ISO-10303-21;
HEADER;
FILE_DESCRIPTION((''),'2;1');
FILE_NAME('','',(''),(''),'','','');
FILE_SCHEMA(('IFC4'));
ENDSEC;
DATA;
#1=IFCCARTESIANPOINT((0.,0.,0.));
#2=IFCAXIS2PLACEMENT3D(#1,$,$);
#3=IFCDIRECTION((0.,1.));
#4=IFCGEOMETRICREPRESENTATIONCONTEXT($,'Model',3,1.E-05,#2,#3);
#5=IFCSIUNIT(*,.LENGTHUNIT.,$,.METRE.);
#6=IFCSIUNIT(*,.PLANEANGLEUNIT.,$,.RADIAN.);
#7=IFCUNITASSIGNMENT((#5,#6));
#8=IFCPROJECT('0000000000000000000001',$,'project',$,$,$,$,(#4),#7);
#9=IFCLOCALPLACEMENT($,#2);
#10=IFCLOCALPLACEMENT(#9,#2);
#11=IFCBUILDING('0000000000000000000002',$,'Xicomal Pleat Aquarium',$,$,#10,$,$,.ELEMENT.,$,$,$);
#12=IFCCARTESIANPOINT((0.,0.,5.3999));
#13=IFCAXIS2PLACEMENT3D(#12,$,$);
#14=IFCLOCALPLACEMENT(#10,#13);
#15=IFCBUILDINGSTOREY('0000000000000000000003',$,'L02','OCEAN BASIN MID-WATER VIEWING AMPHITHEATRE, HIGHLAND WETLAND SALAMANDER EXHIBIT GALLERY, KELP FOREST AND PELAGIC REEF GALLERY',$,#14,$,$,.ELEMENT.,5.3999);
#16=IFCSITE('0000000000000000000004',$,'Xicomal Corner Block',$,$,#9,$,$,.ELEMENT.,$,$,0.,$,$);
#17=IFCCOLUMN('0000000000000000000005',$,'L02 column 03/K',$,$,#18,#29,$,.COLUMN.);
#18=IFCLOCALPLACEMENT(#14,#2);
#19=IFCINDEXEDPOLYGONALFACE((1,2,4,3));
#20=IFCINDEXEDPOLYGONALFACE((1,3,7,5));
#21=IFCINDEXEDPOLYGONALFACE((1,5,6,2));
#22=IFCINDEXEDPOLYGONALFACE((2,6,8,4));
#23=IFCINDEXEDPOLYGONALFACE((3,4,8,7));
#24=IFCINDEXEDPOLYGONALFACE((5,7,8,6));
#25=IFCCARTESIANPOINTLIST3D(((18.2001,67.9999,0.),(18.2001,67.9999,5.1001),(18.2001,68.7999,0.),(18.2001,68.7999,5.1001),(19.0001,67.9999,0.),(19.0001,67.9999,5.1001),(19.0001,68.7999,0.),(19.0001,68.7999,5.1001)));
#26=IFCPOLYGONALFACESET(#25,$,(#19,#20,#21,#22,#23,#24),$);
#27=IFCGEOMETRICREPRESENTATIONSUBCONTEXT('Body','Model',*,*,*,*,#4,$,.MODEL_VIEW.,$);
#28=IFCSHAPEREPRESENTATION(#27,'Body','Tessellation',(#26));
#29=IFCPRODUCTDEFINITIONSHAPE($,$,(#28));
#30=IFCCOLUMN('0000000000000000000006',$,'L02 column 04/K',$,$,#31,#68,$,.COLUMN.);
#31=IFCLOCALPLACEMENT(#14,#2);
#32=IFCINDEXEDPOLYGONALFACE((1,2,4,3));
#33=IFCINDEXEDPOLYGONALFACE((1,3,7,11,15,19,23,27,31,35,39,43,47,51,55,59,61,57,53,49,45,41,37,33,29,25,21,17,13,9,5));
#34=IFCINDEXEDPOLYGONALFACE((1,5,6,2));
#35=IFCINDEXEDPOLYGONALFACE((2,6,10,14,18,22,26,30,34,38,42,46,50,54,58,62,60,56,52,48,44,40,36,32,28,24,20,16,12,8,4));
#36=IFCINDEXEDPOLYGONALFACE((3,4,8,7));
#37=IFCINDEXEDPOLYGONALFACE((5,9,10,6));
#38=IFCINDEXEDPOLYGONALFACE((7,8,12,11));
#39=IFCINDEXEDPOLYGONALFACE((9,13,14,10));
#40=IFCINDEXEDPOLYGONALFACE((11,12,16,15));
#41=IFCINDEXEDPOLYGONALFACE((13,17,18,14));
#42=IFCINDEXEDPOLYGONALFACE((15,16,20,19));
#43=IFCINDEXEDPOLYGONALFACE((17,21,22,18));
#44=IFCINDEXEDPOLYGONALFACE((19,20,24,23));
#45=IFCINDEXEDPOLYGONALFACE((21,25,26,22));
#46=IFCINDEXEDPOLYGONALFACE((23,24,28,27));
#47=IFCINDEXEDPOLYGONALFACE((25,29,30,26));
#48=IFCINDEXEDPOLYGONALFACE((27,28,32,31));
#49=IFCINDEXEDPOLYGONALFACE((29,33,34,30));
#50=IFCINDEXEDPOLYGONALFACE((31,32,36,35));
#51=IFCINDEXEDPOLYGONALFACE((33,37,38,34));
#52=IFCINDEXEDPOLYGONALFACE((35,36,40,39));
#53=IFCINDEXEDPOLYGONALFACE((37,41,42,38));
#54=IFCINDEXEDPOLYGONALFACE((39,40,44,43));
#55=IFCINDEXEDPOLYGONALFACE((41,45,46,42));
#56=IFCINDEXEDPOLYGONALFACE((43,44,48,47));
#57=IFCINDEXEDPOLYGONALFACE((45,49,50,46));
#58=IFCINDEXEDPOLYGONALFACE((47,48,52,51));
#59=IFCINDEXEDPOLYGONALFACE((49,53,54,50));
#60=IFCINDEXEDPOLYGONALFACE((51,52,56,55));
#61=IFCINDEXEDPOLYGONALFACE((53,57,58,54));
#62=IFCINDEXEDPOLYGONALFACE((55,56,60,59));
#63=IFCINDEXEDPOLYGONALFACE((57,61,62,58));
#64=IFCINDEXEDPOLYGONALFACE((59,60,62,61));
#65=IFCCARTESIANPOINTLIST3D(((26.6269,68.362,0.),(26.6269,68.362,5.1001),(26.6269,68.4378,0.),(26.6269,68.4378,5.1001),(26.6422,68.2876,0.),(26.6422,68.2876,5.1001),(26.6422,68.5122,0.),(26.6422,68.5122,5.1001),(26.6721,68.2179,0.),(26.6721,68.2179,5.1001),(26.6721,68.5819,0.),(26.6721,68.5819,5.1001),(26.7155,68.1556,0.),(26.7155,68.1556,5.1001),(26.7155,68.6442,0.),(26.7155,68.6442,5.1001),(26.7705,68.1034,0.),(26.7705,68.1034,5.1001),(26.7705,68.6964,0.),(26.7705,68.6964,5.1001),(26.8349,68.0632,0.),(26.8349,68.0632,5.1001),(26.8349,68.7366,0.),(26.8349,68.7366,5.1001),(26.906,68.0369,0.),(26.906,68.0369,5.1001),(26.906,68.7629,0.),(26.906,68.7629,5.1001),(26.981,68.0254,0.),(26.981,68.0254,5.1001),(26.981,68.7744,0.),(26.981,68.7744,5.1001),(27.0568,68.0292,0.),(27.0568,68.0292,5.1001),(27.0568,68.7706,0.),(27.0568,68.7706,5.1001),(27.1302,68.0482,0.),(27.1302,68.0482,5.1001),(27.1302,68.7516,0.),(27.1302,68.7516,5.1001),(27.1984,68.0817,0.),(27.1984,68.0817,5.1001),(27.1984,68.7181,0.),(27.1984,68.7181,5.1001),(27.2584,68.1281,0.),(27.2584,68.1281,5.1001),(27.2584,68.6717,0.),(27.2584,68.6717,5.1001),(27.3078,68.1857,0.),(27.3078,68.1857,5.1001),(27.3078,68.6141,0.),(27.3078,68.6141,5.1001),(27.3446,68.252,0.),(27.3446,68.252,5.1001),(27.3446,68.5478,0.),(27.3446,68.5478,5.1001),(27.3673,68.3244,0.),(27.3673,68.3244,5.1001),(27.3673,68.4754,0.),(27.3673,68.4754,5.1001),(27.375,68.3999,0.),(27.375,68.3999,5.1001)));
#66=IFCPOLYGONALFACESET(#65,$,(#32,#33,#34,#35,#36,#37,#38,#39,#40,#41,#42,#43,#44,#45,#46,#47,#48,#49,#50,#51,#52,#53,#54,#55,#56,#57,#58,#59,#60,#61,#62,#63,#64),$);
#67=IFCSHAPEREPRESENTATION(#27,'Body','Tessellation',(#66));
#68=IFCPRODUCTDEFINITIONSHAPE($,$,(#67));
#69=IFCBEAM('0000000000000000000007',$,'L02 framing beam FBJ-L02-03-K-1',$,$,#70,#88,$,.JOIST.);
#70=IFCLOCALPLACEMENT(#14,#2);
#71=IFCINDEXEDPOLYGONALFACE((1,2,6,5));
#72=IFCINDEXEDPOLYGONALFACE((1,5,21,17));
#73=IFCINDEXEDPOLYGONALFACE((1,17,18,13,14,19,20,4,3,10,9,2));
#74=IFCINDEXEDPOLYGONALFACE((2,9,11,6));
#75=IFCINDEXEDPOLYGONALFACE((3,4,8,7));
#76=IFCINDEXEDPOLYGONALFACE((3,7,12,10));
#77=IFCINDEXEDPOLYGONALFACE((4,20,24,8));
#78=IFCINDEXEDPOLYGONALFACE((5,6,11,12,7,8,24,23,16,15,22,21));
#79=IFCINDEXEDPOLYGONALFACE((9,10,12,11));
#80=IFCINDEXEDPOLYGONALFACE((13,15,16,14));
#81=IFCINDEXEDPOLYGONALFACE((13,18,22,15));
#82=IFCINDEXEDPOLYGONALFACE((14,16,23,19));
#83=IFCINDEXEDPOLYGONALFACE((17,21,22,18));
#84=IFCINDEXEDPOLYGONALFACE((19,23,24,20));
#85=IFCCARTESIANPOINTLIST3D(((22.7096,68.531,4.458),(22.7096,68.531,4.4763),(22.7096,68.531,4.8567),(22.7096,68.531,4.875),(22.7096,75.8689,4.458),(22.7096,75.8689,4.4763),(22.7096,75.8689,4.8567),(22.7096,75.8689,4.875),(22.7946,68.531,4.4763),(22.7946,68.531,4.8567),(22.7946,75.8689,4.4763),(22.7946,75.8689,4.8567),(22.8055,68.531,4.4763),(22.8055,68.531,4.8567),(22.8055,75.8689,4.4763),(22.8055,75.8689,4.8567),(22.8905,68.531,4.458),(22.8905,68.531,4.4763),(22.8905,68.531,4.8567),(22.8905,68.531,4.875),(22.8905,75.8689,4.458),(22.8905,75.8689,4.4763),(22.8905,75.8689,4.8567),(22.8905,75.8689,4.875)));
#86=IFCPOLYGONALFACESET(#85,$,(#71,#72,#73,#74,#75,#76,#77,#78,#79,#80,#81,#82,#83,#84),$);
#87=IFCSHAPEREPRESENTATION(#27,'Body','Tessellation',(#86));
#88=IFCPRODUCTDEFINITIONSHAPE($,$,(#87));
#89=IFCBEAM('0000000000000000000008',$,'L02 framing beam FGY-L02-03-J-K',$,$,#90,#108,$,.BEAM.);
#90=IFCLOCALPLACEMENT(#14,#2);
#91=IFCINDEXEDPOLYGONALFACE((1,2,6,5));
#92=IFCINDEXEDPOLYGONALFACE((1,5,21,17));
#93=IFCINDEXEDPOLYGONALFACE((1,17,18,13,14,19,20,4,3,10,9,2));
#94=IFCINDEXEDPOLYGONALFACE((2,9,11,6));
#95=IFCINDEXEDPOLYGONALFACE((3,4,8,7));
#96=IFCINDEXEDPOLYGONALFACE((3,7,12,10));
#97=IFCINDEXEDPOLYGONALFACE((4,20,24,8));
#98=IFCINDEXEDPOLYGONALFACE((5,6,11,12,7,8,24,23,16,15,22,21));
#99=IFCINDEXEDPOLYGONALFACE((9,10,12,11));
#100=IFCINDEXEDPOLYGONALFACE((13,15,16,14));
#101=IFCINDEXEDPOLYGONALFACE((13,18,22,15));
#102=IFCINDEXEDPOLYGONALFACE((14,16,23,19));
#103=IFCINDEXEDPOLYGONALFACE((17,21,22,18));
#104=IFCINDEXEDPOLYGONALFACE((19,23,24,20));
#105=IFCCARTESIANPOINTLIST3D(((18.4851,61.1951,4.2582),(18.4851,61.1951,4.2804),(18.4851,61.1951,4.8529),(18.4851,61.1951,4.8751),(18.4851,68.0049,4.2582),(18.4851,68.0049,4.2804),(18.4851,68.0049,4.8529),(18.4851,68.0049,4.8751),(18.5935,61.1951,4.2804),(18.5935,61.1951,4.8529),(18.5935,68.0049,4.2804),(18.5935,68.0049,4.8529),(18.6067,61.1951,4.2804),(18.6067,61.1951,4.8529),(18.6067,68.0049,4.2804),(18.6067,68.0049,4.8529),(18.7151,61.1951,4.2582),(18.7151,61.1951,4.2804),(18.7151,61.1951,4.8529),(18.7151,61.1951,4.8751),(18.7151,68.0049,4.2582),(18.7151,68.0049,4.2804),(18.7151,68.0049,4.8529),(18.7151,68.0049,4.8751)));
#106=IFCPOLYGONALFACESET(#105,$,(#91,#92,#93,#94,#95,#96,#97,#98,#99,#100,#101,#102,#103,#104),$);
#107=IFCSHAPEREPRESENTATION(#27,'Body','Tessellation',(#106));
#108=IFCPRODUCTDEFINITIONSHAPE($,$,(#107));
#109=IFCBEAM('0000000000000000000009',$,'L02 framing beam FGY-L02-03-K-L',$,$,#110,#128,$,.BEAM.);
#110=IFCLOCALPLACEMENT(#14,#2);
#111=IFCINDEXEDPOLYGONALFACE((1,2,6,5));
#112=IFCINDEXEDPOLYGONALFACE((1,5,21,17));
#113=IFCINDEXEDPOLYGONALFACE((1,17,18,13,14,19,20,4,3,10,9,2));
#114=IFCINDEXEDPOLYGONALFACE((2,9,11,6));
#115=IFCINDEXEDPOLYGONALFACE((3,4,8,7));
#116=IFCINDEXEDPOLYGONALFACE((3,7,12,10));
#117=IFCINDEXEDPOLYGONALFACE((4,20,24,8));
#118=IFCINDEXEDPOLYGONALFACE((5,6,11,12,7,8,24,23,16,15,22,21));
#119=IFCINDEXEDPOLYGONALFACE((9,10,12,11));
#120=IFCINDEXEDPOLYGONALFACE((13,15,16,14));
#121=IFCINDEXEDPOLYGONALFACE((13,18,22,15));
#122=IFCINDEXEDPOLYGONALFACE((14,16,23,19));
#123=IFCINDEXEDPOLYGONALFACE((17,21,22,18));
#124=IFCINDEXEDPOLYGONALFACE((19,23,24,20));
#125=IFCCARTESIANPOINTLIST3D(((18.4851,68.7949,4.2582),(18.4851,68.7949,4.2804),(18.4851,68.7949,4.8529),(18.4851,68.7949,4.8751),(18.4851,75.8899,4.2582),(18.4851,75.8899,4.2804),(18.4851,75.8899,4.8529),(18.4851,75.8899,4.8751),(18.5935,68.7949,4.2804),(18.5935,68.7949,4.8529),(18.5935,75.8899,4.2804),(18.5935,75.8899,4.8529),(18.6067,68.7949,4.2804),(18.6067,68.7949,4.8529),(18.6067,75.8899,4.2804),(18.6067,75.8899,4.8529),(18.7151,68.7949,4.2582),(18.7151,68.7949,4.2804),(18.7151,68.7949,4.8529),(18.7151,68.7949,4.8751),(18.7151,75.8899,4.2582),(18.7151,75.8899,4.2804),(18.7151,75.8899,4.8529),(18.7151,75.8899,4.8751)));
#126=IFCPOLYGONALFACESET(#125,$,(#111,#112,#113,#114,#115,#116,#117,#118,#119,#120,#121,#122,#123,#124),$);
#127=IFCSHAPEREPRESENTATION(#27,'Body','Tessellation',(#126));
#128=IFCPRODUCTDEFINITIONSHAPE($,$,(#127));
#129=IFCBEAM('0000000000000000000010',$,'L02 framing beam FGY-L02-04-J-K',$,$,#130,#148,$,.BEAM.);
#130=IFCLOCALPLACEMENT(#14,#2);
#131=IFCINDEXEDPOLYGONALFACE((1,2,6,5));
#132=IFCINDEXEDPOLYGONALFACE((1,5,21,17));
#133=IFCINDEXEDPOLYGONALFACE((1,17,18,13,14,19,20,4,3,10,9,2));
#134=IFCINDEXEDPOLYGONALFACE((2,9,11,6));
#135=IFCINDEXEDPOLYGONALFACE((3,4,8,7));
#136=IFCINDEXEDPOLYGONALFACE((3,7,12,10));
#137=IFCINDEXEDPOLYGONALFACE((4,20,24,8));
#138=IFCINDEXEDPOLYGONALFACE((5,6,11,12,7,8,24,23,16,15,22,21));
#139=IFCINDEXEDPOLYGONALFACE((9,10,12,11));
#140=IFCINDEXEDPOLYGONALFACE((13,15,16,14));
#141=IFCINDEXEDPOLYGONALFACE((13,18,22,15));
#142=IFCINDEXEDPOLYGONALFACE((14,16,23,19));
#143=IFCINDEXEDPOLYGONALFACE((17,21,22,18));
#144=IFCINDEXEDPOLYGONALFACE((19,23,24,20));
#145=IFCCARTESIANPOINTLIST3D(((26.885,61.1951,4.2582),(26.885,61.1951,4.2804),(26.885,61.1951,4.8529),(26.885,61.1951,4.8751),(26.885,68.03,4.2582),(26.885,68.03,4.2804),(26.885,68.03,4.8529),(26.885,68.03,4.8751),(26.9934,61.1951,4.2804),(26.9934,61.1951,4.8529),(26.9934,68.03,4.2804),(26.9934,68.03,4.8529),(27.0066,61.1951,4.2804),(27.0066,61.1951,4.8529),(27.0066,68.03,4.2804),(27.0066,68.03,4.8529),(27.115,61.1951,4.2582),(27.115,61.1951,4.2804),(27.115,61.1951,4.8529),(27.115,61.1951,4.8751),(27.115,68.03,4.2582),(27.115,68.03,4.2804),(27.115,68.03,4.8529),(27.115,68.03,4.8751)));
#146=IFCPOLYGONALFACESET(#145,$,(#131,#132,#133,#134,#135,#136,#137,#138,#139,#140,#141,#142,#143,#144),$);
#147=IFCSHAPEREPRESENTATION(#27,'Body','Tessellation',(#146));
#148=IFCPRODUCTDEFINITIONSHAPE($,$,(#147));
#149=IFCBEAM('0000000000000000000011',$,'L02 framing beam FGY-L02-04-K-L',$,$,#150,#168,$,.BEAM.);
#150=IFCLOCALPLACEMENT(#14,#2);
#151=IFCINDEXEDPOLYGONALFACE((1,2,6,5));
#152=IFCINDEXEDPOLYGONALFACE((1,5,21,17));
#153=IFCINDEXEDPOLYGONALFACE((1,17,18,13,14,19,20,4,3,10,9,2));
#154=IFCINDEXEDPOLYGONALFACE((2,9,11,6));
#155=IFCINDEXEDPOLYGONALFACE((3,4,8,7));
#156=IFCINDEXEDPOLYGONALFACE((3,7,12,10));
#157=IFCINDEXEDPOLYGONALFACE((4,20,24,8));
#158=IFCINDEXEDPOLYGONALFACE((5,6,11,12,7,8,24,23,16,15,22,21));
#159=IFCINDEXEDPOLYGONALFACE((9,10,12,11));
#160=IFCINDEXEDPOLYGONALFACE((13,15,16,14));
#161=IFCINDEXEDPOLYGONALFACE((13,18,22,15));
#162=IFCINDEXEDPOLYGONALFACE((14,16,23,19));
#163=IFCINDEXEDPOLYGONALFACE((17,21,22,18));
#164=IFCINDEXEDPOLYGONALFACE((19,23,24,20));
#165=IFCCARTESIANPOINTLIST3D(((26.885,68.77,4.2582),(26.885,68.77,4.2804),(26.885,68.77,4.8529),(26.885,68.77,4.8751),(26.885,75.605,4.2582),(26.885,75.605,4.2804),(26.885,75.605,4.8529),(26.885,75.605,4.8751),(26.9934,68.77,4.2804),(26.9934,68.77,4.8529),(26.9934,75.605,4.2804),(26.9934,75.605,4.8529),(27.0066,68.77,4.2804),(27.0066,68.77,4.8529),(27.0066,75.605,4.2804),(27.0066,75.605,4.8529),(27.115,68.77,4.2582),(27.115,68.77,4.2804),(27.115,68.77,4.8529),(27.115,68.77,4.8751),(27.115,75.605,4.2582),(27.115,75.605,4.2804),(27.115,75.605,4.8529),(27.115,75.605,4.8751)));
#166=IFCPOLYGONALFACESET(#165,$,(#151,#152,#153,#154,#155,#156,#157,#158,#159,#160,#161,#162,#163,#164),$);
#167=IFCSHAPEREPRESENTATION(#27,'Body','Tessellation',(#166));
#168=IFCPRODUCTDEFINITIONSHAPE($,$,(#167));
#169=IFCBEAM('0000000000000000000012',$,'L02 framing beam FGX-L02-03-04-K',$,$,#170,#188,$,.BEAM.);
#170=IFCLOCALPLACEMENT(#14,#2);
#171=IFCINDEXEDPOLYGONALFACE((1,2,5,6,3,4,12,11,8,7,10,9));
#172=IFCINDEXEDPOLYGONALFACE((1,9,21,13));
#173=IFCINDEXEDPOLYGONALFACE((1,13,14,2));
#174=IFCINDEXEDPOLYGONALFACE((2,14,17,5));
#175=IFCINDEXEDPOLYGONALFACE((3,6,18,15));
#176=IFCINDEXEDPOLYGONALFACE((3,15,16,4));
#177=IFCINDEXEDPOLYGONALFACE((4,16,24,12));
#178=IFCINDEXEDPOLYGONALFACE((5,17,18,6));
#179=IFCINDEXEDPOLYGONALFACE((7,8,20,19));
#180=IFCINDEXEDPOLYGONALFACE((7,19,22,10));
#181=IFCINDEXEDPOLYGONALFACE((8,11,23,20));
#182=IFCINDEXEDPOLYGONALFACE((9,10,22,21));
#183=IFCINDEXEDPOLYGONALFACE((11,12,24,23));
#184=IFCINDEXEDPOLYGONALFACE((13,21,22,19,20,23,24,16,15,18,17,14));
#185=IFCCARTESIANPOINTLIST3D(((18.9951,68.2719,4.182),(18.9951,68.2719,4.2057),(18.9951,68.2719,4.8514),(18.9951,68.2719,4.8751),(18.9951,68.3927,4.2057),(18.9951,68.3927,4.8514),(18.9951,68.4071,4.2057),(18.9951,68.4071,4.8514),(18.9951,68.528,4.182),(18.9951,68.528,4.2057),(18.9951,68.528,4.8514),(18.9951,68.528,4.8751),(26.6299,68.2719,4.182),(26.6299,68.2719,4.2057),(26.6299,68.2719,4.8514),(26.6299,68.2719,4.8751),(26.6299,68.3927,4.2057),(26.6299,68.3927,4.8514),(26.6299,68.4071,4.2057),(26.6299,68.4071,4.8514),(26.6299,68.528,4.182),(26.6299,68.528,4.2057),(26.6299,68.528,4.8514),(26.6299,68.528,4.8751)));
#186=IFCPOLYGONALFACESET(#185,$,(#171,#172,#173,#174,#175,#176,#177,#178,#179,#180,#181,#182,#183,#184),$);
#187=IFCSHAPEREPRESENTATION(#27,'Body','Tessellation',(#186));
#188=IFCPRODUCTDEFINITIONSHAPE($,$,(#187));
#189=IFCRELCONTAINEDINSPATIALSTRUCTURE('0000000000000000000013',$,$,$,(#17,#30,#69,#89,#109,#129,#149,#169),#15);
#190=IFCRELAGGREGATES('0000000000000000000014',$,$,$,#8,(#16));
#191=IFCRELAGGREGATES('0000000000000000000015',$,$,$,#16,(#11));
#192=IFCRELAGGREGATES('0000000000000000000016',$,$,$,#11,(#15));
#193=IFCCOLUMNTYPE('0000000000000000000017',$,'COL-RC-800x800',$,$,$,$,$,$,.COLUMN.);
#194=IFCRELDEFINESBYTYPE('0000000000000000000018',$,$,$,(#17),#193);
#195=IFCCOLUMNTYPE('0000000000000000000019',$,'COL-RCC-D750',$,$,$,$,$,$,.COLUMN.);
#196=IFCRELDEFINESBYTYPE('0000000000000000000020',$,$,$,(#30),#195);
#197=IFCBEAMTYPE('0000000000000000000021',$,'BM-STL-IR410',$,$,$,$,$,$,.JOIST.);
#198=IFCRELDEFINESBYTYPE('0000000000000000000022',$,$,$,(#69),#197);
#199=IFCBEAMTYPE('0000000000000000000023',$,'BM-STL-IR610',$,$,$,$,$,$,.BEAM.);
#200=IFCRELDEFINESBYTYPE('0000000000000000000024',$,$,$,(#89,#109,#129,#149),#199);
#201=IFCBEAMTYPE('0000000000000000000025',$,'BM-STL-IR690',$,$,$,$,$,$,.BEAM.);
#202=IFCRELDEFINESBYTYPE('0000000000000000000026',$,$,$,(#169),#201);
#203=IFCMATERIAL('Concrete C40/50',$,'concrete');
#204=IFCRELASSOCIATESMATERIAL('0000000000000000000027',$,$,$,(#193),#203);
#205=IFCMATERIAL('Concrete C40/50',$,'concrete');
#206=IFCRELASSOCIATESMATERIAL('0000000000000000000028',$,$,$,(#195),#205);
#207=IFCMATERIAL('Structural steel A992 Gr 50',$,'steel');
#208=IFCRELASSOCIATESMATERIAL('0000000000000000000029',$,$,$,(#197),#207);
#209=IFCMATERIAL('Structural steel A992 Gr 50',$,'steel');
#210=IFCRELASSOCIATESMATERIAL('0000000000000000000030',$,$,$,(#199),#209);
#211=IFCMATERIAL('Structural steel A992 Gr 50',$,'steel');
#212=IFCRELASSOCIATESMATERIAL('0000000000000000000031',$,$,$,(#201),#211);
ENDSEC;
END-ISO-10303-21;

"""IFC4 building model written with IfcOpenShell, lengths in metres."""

from ifc_helpers import new_model, si_unit, direction, frame, origin, origin_2d, place, context, subcontext, project, spatial, rectangle, circle, i_section, extrude, material, material_profile, profile_set, type_object, element, save


model = new_model("IFC4")

# Units and contexts
model_context = context("Model", 3, precision=1e-05, world=origin(), true_north=direction((0.0, 1.0)))
body_context = subcontext(model_context, "Body", "Model", "MODEL_VIEW")
ifc_project = project(units=[si_unit("LENGTHUNIT", "METRE"), si_unit("PLANEANGLEUNIT", "RADIAN")], contexts=[model_context])

# Site, building, storey
site_placement = place(None, origin())
site = spatial("IfcSite", under=ifc_project, at=site_placement, Name="Xicomal Corner Block", CompositionType="ELEMENT", RefElevation=0.0)
building_placement = place(site_placement, origin())
building = spatial("IfcBuilding", under=site, at=building_placement, Name="Xicomal Pleat Aquarium", CompositionType="ELEMENT")
storey_placement = place(building_placement, frame((0.0, 0.0, 5.3999)))
storey = spatial("IfcBuildingStorey", under=building, at=storey_placement, Name="L02", Description="OCEAN BASIN MID-WATER VIEWING AMPHITHEATRE, HIGHLAND WETLAND SALAMANDER EXHIBIT GALLERY, KELP FOREST AND PELAGIC REEF GALLERY", CompositionType="ELEMENT", Elevation=5.3999)

# Columns
ifc_material_1 = material(Name="Concrete C40/50", Category="concrete")
ifc_material_profile_1 = material_profile(ifc_material_1, rectangle(XDim=0.8, YDim=0.8, at=origin_2d()), Name="RC 800x800")
ifc_profile_set_1 = profile_set([ifc_material_profile_1], Name="Concrete C40/50")
column_type_1 = type_object("IfcColumnType", Name="COL-RC-800x800", PredefinedType="COLUMN", material=ifc_profile_set_1)
column_1_placement = place(storey_placement, frame((18.6001, 68.3999, 0.0), z_axis=(0.0, 0.0, 1.0), x_axis=(1.0, 0.0, 0.0)))
element("IfcColumn", 1, at=column_1_placement, inside=storey, type_object=column_type_1, Name="L02 column 03/K", PredefinedType="COLUMN", context=body_context, shape_type="SweptSolid", body=[
    extrude(rectangle(XDim=0.8, YDim=0.8, at=origin_2d()), origin(), (0.0, 0.0, 1.0), 5.1001),
])
ifc_material_2 = material(Name="Concrete C40/50", Category="concrete")
ifc_material_profile_2 = material_profile(ifc_material_2, circle(Radius=0.375, at=origin_2d()), Name="RCC D750")
ifc_profile_set_2 = profile_set([ifc_material_profile_2], Name="Concrete C40/50")
column_type_2 = type_object("IfcColumnType", Name="COL-RCC-D750", PredefinedType="COLUMN", material=ifc_profile_set_2)
column_2_placement = place(storey_placement, frame((27.0, 68.3999, 0.0), z_axis=(0.0, 0.0, 1.0), x_axis=(1.0, 0.0, 0.0)))
element("IfcColumn", 2, at=column_2_placement, inside=storey, type_object=column_type_2, Name="L02 column 04/K", PredefinedType="COLUMN", context=body_context, shape_type="SweptSolid", body=[
    extrude(circle(Radius=0.375, at=origin_2d()), origin(), (0.0, 0.0, 1.0), 5.1001),
])

# Beams
ifc_material_3 = material(Name="Structural steel A992 Gr 50", Category="steel")
ifc_material_profile_3 = material_profile(ifc_material_3, i_section(OverallWidth=0.1809, OverallDepth=0.417, WebThickness=0.011, FlangeThickness=0.0183, at=origin_2d()), Name="IR 410x85")
ifc_profile_set_3 = profile_set([ifc_material_profile_3], Name="Structural steel A992 Gr 50")
beam_type_1 = type_object("IfcBeamType", Name="BM-STL-IR410", PredefinedType="JOIST", material=ifc_profile_set_3)
beam_1_placement = place(storey_placement, frame((22.8, 68.531, 4.6665), z_axis=(0.0, 1.0, 0.0), x_axis=(-1.0, 0.0, 0.0)))
element("IfcBeam", 3, at=beam_1_placement, inside=storey, type_object=beam_type_1, Name="L02 framing beam FBJ-L02-03-K-1", PredefinedType="JOIST", context=body_context, shape_type="SweptSolid", body=[
    extrude(i_section(OverallWidth=0.1809, OverallDepth=0.417, WebThickness=0.011, FlangeThickness=0.0183, at=origin_2d()), origin(), (0.0, 0.0, 1.0), 7.3379),
])
ifc_material_4 = material(Name="Structural steel A992 Gr 50", Category="steel")
ifc_material_profile_4 = material_profile(ifc_material_4, i_section(OverallWidth=0.23, OverallDepth=0.6169, WebThickness=0.0132, FlangeThickness=0.0222, at=origin_2d()), Name="IR 610x140")
ifc_profile_set_4 = profile_set([ifc_material_profile_4], Name="Structural steel A992 Gr 50")
beam_type_2 = type_object("IfcBeamType", Name="BM-STL-IR610", PredefinedType="BEAM", material=ifc_profile_set_4)
beam_2_placement = place(storey_placement, frame((18.6001, 61.1951, 4.5667), z_axis=(0.0, 1.0, 0.0), x_axis=(-1.0, 0.0, 0.0)))
element("IfcBeam", 4, at=beam_2_placement, inside=storey, type_object=beam_type_2, Name="L02 framing beam FGY-L02-03-J-K", PredefinedType="BEAM", context=body_context, shape_type="SweptSolid", body=[
    extrude(i_section(OverallWidth=0.23, OverallDepth=0.6169, WebThickness=0.0132, FlangeThickness=0.0222, at=origin_2d()), origin(), (0.0, 0.0, 1.0), 6.8098),
])
beam_3_placement = place(storey_placement, frame((18.6001, 68.7949, 4.5667), z_axis=(0.0, 1.0, 0.0), x_axis=(-1.0, 0.0, 0.0)))
element("IfcBeam", 5, at=beam_3_placement, inside=storey, type_object=beam_type_2, Name="L02 framing beam FGY-L02-03-K-L", PredefinedType="BEAM", context=body_context, shape_type="SweptSolid", body=[
    extrude(i_section(OverallWidth=0.23, OverallDepth=0.6169, WebThickness=0.0132, FlangeThickness=0.0222, at=origin_2d()), origin(), (0.0, 0.0, 1.0), 7.095),
])
for number, where, z_axis, x_axis, name in (
    (6, (27.0, 61.1951, 4.5667), (0.0, 1.0, 0.0), (-1.0, 0.0, 0.0), "L02 framing beam FGY-L02-04-J-K"),
    (7, (27.0, 68.77, 4.5667), (0.0, 1.0, 0.0), (-1.0, 0.0, 0.0), "L02 framing beam FGY-L02-04-K-L"),
):
    element("IfcBeam", number, at=place(storey_placement, frame(where, z_axis=z_axis, x_axis=x_axis)), inside=storey, type_object=beam_type_2, Name=name, PredefinedType="BEAM", context=body_context, shape_type="SweptSolid", body=[
        extrude(i_section(OverallWidth=0.23, OverallDepth=0.6169, WebThickness=0.0132, FlangeThickness=0.0222, at=origin_2d()), origin(), (0.0, 0.0, 1.0), 6.835),
    ])
ifc_material_5 = material(Name="Structural steel A992 Gr 50", Category="steel")
ifc_material_profile_5 = material_profile(ifc_material_5, i_section(OverallWidth=0.2561, OverallDepth=0.6931, WebThickness=0.0144, FlangeThickness=0.0237, at=origin_2d()), Name="IR 690x170")
ifc_profile_set_5 = profile_set([ifc_material_profile_5], Name="Structural steel A992 Gr 50")
beam_type_3 = type_object("IfcBeamType", Name="BM-STL-IR690", PredefinedType="BEAM", material=ifc_profile_set_5)
beam_4_placement = place(storey_placement, frame((18.9951, 68.3999, 4.5286), z_axis=(1.0, 0.0, 0.0), x_axis=(0.0, 1.0, 0.0)))
element("IfcBeam", 8, at=beam_4_placement, inside=storey, type_object=beam_type_3, Name="L02 framing beam FGX-L02-03-04-K", PredefinedType="BEAM", context=body_context, shape_type="SweptSolid", body=[
    extrude(i_section(OverallWidth=0.2561, OverallDepth=0.6931, WebThickness=0.0144, FlangeThickness=0.0237, at=origin_2d()), origin(), (0.0, 0.0, 1.0), 7.6348),
])

save(model, "model.ifc")
